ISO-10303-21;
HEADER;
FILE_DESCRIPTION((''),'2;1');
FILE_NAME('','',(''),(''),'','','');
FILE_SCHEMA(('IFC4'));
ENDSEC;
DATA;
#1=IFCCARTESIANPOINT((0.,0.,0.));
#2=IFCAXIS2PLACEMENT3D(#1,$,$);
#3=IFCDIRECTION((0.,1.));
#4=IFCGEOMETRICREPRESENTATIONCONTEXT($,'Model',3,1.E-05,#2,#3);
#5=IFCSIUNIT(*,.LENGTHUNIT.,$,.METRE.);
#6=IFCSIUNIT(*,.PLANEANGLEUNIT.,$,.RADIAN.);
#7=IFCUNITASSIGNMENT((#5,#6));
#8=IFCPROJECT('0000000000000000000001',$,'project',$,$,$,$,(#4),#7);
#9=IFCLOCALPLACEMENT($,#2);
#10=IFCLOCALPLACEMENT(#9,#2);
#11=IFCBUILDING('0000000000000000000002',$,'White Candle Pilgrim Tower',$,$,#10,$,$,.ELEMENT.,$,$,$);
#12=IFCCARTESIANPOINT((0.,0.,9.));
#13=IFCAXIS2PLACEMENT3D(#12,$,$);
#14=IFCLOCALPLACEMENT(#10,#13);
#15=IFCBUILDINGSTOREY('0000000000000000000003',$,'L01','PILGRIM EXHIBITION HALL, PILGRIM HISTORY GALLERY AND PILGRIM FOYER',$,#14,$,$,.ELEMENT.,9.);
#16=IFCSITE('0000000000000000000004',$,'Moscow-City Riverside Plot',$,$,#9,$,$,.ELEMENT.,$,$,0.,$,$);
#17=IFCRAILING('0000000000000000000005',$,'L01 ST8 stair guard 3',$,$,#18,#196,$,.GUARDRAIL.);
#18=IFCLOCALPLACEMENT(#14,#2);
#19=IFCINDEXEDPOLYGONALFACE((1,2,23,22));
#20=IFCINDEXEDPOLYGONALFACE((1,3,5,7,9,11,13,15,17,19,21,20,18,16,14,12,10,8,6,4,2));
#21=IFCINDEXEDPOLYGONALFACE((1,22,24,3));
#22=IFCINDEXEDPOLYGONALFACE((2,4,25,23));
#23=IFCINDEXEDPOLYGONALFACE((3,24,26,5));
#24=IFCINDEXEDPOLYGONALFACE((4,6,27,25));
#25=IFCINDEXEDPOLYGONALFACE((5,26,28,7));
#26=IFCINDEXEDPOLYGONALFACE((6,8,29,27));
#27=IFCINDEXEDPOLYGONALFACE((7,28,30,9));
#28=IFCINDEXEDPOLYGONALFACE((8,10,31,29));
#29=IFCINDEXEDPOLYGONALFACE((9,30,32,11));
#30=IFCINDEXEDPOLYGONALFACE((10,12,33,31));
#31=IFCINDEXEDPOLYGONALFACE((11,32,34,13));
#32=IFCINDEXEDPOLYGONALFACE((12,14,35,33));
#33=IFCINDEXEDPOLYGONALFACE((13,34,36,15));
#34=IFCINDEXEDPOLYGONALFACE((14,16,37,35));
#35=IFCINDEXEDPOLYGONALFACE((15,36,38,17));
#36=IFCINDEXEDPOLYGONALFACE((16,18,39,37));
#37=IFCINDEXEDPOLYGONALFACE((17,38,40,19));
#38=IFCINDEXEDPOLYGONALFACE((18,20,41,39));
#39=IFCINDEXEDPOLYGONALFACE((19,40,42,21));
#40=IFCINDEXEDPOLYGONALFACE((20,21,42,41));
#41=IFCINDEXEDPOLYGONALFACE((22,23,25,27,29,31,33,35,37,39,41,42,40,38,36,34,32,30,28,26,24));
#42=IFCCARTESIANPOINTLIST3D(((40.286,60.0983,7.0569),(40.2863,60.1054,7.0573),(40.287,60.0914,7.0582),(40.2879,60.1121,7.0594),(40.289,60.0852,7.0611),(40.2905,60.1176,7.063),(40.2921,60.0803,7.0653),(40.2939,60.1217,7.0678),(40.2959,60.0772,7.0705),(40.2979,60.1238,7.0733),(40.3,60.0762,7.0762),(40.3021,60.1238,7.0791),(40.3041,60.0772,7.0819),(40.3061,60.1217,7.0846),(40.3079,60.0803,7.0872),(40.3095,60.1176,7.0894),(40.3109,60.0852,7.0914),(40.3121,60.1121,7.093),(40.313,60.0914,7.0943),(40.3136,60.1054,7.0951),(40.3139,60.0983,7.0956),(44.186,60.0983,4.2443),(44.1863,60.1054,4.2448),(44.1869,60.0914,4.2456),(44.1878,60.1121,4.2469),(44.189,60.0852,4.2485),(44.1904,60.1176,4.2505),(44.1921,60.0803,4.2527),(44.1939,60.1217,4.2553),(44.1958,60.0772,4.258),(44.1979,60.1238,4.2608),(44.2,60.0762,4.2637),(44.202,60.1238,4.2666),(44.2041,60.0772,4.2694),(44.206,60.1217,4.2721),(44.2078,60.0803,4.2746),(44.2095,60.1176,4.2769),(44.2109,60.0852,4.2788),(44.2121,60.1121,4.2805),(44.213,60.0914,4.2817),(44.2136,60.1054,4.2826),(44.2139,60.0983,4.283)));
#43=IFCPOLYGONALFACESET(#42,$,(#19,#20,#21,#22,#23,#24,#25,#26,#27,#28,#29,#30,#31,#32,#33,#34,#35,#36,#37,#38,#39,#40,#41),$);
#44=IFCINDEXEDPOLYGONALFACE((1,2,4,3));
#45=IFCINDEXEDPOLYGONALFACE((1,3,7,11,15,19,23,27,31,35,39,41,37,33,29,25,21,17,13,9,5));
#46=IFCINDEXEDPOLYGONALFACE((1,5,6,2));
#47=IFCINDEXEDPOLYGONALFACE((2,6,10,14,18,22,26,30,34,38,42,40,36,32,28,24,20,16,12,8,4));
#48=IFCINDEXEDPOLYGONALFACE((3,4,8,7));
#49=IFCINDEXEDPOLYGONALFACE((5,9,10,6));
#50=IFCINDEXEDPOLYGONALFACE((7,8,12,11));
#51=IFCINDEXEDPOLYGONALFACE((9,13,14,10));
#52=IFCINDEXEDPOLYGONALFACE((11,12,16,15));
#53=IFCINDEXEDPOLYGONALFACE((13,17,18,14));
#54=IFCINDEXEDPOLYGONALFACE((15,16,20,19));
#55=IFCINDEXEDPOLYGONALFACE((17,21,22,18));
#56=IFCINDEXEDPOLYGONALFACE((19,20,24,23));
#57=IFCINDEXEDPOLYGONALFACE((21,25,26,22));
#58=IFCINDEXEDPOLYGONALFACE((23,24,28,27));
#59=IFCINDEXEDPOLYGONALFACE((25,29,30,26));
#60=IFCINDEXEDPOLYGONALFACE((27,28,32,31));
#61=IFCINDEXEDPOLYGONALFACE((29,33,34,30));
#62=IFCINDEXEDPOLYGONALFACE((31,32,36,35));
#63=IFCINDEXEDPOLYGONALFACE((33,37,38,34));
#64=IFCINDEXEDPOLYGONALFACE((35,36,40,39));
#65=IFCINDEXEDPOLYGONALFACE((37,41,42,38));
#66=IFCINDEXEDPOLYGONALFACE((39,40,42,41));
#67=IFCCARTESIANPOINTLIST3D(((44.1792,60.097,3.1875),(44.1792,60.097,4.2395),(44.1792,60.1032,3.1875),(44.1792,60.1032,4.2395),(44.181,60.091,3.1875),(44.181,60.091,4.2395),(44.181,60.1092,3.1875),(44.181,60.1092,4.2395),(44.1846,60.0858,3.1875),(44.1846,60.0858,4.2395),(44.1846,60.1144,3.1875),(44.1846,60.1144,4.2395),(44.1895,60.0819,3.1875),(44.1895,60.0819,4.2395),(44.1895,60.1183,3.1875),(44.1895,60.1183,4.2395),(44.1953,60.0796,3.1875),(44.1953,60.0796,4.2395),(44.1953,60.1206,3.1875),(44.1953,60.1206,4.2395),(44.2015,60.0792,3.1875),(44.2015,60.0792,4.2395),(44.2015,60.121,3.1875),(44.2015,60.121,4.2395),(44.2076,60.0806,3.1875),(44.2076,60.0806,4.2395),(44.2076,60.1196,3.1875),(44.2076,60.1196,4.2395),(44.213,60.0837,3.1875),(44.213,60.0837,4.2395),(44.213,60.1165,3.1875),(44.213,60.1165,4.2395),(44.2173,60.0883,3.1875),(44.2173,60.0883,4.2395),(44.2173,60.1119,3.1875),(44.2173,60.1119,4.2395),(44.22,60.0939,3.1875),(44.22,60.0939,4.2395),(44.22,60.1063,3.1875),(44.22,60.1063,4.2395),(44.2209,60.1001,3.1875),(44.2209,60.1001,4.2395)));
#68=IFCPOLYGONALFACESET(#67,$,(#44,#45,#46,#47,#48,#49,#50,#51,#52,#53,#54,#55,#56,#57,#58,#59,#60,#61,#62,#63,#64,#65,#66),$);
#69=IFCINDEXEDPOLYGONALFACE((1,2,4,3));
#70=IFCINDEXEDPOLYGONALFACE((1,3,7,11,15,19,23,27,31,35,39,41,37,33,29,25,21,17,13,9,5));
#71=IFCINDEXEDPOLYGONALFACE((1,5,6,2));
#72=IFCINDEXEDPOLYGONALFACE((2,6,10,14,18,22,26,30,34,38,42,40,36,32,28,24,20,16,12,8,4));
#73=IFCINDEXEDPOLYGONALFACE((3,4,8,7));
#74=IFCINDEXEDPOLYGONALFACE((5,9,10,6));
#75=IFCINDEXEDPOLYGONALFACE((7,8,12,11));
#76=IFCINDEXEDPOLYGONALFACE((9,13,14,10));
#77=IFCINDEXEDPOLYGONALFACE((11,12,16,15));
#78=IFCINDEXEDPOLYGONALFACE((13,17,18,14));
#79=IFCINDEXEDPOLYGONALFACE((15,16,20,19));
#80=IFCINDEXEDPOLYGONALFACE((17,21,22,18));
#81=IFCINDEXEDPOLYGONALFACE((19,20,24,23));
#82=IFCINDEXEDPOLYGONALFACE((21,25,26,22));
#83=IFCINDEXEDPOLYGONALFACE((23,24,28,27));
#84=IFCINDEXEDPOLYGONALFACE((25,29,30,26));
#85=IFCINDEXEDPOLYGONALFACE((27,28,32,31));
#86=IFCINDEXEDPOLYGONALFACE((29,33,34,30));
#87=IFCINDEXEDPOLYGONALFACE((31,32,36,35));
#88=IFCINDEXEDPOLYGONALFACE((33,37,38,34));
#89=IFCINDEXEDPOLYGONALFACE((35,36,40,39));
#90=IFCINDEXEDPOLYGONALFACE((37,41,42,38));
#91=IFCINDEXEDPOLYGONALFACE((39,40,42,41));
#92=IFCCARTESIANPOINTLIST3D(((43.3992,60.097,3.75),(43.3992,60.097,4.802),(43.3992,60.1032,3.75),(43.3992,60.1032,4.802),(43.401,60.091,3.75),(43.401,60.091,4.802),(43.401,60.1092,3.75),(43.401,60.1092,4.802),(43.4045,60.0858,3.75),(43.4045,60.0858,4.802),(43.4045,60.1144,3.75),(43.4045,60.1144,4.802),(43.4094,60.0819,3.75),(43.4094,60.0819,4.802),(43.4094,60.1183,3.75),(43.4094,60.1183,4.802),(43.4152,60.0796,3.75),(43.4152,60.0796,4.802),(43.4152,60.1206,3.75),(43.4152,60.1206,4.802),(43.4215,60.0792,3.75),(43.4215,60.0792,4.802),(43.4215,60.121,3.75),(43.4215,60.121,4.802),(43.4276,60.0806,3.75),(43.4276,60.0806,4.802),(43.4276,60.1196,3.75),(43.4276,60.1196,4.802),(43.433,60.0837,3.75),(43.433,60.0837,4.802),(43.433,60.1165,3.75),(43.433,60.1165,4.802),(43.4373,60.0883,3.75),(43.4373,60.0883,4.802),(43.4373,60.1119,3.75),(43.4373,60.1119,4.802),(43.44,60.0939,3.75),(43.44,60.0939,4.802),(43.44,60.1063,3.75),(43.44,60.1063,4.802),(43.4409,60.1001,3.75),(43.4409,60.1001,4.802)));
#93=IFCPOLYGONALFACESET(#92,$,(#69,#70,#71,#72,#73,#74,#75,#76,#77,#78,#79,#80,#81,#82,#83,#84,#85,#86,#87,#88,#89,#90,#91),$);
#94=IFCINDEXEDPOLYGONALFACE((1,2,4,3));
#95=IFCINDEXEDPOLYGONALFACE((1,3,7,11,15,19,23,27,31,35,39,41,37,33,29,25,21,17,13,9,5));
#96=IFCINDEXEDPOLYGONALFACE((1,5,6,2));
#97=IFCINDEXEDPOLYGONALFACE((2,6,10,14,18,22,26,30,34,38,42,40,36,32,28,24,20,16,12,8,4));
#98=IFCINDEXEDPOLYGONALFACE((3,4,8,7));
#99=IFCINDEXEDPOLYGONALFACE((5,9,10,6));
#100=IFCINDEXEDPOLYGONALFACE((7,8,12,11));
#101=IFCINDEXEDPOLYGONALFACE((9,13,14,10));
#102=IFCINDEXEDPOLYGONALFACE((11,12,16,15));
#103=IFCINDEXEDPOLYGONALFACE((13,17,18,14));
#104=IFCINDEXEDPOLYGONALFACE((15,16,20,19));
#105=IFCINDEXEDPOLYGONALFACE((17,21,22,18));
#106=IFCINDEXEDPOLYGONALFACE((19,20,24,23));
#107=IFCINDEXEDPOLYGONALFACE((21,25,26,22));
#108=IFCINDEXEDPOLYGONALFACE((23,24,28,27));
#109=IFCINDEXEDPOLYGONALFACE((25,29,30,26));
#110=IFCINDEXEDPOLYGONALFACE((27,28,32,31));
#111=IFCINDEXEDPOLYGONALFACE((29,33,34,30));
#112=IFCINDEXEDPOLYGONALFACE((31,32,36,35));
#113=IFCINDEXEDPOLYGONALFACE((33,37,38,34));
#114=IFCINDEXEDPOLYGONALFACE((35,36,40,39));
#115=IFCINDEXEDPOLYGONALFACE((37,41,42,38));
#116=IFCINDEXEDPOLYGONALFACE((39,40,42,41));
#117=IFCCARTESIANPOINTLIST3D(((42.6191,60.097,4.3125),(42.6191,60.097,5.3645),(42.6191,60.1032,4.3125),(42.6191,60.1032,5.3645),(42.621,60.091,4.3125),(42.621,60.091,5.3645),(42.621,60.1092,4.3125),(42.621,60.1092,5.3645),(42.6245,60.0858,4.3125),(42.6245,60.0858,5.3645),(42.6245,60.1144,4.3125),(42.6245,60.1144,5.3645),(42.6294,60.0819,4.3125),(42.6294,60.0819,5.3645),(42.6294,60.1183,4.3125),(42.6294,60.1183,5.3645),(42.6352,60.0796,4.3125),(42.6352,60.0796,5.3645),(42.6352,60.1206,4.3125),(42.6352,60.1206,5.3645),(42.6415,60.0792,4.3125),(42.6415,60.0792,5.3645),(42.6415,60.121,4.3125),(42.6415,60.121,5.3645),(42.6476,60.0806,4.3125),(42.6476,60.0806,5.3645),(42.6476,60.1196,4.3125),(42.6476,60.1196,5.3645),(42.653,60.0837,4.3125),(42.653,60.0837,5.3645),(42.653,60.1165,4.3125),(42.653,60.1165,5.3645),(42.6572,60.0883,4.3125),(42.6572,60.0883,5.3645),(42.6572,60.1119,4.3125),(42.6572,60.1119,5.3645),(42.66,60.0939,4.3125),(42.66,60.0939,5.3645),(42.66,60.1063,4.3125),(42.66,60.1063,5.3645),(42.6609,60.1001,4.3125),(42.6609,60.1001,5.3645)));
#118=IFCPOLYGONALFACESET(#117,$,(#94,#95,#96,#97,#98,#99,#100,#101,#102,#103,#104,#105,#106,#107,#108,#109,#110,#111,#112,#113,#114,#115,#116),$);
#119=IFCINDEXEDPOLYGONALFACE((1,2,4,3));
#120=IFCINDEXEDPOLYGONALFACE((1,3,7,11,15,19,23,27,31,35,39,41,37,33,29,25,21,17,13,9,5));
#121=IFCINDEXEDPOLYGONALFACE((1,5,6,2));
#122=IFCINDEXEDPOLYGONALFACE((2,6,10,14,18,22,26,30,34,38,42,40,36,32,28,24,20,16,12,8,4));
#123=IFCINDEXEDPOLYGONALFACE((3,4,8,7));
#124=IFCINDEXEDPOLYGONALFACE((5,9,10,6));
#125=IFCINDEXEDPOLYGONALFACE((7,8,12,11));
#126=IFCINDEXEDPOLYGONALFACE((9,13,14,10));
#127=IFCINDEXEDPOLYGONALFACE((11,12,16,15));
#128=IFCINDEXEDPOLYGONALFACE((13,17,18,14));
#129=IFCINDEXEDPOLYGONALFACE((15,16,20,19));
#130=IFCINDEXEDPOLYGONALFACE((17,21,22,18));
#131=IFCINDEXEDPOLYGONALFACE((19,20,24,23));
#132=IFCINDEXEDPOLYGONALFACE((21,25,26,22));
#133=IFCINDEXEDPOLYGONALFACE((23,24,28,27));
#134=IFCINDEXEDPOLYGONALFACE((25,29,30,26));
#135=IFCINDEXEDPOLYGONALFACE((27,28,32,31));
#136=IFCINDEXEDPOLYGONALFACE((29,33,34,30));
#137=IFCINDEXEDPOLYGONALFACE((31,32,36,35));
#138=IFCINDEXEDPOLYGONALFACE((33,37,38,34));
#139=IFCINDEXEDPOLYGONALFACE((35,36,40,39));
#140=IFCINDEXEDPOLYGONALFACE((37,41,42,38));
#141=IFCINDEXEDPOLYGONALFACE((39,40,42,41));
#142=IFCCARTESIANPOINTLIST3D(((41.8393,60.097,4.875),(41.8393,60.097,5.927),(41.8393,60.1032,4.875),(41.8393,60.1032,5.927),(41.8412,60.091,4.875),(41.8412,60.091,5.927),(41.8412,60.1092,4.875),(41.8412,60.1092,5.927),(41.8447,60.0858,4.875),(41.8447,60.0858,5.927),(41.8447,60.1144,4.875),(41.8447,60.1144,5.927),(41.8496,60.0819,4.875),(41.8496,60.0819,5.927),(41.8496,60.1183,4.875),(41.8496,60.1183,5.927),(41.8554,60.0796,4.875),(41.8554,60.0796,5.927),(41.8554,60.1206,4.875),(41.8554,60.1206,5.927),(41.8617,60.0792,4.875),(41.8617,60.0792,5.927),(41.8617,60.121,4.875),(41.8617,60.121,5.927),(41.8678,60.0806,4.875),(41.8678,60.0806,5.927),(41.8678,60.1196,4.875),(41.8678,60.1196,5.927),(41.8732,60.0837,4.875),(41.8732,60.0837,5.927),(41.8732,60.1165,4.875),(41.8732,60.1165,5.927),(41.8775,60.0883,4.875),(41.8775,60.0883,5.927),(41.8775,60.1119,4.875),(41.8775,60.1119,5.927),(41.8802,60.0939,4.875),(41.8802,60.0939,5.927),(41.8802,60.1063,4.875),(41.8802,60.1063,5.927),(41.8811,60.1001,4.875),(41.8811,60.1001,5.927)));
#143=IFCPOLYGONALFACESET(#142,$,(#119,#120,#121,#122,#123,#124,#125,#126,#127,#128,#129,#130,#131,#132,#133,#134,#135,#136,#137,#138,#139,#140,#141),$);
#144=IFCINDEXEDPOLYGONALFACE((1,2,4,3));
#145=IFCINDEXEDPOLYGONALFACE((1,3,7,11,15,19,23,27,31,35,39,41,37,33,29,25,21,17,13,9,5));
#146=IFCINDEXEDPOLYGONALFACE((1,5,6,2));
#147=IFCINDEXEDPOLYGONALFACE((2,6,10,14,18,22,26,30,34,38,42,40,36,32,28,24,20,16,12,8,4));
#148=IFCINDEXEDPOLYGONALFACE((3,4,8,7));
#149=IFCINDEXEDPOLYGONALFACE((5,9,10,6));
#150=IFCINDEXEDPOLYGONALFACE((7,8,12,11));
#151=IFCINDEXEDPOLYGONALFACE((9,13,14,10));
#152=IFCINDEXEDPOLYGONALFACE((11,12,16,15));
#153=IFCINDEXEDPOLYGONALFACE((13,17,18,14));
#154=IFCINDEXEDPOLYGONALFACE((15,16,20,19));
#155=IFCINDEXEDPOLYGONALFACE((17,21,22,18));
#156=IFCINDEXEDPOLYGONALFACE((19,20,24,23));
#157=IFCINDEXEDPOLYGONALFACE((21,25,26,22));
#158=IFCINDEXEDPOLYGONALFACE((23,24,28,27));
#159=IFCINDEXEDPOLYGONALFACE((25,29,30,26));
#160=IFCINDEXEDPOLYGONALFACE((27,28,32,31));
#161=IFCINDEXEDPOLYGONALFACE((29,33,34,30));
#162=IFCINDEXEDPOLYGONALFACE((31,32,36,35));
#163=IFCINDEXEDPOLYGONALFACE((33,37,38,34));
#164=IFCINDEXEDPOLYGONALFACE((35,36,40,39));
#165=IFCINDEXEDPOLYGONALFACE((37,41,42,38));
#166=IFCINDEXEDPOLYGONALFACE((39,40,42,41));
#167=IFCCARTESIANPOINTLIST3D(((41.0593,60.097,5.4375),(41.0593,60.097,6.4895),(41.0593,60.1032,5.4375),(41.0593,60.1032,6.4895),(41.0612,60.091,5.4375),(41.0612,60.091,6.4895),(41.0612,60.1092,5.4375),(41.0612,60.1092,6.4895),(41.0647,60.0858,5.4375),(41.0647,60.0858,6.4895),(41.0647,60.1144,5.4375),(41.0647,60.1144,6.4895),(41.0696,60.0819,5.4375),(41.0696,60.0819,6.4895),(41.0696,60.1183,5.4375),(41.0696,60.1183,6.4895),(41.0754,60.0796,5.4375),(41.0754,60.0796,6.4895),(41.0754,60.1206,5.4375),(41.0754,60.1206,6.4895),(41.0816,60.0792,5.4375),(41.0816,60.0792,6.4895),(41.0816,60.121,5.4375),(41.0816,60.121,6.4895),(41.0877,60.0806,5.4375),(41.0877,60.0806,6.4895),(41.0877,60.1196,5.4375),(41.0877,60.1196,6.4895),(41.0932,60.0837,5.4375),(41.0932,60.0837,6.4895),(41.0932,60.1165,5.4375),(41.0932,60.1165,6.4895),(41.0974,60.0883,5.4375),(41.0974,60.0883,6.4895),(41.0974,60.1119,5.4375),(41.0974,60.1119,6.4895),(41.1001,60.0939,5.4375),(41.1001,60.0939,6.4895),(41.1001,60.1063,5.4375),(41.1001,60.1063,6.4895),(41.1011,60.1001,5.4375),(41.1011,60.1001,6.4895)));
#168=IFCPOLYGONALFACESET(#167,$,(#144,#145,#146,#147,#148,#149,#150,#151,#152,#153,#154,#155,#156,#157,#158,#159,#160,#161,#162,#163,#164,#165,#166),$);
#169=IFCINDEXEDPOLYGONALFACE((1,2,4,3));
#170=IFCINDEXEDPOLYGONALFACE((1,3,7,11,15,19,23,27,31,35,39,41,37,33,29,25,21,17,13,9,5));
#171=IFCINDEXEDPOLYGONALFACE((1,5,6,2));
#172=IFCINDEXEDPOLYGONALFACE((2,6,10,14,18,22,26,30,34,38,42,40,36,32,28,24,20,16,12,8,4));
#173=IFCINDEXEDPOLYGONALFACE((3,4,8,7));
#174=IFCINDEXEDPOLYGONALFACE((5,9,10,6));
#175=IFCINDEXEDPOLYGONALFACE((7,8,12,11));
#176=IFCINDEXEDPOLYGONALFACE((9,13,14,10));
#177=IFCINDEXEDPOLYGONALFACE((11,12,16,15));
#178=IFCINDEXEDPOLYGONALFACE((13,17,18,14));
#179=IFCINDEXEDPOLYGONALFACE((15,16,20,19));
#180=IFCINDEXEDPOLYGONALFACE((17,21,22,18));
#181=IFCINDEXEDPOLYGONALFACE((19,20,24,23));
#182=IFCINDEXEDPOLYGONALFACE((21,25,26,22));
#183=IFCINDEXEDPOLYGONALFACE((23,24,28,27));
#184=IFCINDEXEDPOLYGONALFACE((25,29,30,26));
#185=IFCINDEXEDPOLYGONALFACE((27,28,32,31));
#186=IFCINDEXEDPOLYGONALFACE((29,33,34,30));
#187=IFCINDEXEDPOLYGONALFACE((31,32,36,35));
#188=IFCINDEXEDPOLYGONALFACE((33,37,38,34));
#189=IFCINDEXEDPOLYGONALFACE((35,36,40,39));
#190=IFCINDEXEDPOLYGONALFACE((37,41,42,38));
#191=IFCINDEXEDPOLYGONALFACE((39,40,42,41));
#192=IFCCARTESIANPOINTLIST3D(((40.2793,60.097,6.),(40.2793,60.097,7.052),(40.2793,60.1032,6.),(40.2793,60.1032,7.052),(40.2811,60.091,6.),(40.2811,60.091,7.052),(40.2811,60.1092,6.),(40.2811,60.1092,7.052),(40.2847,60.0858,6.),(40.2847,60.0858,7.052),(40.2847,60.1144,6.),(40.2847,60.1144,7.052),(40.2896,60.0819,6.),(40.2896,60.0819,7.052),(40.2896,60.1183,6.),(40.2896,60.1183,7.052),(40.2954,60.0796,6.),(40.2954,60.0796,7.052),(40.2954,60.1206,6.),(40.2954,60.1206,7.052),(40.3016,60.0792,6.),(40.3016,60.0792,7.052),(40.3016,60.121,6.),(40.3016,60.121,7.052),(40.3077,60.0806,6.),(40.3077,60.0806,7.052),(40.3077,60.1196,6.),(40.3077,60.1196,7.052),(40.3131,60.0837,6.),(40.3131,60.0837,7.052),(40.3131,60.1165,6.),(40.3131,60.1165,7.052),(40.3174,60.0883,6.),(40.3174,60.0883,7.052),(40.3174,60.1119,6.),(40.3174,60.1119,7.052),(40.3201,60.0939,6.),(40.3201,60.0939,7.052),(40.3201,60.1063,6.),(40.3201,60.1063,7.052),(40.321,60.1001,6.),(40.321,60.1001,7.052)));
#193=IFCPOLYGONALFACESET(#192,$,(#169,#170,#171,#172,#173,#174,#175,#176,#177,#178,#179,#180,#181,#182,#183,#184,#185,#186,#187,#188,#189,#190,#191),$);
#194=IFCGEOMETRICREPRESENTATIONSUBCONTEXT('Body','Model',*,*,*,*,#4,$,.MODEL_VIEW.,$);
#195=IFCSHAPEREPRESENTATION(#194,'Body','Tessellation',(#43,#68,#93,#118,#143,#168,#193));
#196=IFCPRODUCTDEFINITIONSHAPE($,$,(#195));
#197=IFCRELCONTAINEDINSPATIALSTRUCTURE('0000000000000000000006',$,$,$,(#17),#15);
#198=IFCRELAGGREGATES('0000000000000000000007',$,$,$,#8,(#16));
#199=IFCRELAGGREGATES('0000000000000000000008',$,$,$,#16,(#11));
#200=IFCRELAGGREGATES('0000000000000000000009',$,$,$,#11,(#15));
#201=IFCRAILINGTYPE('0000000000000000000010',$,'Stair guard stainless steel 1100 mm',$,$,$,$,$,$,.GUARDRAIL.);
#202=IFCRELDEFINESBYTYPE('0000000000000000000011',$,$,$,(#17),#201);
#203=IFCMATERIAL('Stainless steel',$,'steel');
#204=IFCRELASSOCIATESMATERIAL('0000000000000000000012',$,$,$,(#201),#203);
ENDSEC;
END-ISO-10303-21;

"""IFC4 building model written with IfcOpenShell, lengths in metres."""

from ifc_helpers import new_model, si_unit, direction, frame, origin, origin_2d, place, context, subcontext, project, spatial, circle, extrude, material, type_object, element, save


model = new_model("IFC4")

# Units and contexts
model_context = context("Model", 3, precision=1e-05, world=origin(), true_north=direction((0.0, 1.0)))
body_context = subcontext(model_context, "Body", "Model", "MODEL_VIEW")
ifc_project = project(units=[si_unit("LENGTHUNIT", "METRE"), si_unit("PLANEANGLEUNIT", "RADIAN")], contexts=[model_context])

# Site, building, storey
site_placement = place(None, origin())
site = spatial("IfcSite", under=ifc_project, at=site_placement, Name="Moscow-City Riverside Plot", CompositionType="ELEMENT", RefElevation=0.0)
building_placement = place(site_placement, origin())
building = spatial("IfcBuilding", under=site, at=building_placement, Name="White Candle Pilgrim Tower", CompositionType="ELEMENT")
storey_placement = place(building_placement, frame((0.0, 0.0, 9.0)))
storey = spatial("IfcBuildingStorey", under=building, at=storey_placement, Name="L01", Description="PILGRIM EXHIBITION HALL, PILGRIM HISTORY GALLERY AND PILGRIM FOYER", CompositionType="ELEMENT", Elevation=9.0)

# Railing
ifc_material_1 = material(Name="Stainless steel", Category="steel")
railing_type_1 = type_object("IfcRailingType", Name="Stair guard stainless steel 1100 mm", PredefinedType="GUARDRAIL", material=ifc_material_1)
railing_1_placement = place(storey_placement, frame((44.2, 60.1001, 3.1875)))
element("IfcRailing", 1, at=railing_1_placement, inside=storey, type_object=railing_type_1, Name="L01 ST8 stair guard 3", PredefinedType="GUARDRAIL", context=body_context, shape_type="SweptSolid", body=[
    extrude(circle(Radius=0.0239, at=origin_2d()), frame((0.0, 0.0, 1.0762), z_axis=(-0.811083, 0.0, 0.584931), x_axis=(0.0, -1.0, 0.0)), (0.0, 0.0, 1.0), 4.8083),
    extrude(circle(Radius=0.021, at=origin_2d()), origin(), (0.0, 0.0, 1.0), 1.052),
    extrude(circle(Radius=0.021, at=origin_2d()), frame((-0.78, 0.0, 0.5625)), (0.0, 0.0, 1.0), 1.052),
    extrude(circle(Radius=0.021, at=origin_2d()), frame((-1.5601, 0.0, 1.125)), (0.0, 0.0, 1.0), 1.052),
    extrude(circle(Radius=0.021, at=origin_2d()), frame((-2.3398, 0.0, 1.6875)), (0.0, 0.0, 1.0), 1.052),
    extrude(circle(Radius=0.021, at=origin_2d()), frame((-3.1199, 0.0, 2.25)), (0.0, 0.0, 1.0), 1.052),
    extrude(circle(Radius=0.021, at=origin_2d()), frame((-3.8999, 0.0, 2.8125)), (0.0, 0.0, 1.0), 1.052),
])

save(model, "model.ifc")
